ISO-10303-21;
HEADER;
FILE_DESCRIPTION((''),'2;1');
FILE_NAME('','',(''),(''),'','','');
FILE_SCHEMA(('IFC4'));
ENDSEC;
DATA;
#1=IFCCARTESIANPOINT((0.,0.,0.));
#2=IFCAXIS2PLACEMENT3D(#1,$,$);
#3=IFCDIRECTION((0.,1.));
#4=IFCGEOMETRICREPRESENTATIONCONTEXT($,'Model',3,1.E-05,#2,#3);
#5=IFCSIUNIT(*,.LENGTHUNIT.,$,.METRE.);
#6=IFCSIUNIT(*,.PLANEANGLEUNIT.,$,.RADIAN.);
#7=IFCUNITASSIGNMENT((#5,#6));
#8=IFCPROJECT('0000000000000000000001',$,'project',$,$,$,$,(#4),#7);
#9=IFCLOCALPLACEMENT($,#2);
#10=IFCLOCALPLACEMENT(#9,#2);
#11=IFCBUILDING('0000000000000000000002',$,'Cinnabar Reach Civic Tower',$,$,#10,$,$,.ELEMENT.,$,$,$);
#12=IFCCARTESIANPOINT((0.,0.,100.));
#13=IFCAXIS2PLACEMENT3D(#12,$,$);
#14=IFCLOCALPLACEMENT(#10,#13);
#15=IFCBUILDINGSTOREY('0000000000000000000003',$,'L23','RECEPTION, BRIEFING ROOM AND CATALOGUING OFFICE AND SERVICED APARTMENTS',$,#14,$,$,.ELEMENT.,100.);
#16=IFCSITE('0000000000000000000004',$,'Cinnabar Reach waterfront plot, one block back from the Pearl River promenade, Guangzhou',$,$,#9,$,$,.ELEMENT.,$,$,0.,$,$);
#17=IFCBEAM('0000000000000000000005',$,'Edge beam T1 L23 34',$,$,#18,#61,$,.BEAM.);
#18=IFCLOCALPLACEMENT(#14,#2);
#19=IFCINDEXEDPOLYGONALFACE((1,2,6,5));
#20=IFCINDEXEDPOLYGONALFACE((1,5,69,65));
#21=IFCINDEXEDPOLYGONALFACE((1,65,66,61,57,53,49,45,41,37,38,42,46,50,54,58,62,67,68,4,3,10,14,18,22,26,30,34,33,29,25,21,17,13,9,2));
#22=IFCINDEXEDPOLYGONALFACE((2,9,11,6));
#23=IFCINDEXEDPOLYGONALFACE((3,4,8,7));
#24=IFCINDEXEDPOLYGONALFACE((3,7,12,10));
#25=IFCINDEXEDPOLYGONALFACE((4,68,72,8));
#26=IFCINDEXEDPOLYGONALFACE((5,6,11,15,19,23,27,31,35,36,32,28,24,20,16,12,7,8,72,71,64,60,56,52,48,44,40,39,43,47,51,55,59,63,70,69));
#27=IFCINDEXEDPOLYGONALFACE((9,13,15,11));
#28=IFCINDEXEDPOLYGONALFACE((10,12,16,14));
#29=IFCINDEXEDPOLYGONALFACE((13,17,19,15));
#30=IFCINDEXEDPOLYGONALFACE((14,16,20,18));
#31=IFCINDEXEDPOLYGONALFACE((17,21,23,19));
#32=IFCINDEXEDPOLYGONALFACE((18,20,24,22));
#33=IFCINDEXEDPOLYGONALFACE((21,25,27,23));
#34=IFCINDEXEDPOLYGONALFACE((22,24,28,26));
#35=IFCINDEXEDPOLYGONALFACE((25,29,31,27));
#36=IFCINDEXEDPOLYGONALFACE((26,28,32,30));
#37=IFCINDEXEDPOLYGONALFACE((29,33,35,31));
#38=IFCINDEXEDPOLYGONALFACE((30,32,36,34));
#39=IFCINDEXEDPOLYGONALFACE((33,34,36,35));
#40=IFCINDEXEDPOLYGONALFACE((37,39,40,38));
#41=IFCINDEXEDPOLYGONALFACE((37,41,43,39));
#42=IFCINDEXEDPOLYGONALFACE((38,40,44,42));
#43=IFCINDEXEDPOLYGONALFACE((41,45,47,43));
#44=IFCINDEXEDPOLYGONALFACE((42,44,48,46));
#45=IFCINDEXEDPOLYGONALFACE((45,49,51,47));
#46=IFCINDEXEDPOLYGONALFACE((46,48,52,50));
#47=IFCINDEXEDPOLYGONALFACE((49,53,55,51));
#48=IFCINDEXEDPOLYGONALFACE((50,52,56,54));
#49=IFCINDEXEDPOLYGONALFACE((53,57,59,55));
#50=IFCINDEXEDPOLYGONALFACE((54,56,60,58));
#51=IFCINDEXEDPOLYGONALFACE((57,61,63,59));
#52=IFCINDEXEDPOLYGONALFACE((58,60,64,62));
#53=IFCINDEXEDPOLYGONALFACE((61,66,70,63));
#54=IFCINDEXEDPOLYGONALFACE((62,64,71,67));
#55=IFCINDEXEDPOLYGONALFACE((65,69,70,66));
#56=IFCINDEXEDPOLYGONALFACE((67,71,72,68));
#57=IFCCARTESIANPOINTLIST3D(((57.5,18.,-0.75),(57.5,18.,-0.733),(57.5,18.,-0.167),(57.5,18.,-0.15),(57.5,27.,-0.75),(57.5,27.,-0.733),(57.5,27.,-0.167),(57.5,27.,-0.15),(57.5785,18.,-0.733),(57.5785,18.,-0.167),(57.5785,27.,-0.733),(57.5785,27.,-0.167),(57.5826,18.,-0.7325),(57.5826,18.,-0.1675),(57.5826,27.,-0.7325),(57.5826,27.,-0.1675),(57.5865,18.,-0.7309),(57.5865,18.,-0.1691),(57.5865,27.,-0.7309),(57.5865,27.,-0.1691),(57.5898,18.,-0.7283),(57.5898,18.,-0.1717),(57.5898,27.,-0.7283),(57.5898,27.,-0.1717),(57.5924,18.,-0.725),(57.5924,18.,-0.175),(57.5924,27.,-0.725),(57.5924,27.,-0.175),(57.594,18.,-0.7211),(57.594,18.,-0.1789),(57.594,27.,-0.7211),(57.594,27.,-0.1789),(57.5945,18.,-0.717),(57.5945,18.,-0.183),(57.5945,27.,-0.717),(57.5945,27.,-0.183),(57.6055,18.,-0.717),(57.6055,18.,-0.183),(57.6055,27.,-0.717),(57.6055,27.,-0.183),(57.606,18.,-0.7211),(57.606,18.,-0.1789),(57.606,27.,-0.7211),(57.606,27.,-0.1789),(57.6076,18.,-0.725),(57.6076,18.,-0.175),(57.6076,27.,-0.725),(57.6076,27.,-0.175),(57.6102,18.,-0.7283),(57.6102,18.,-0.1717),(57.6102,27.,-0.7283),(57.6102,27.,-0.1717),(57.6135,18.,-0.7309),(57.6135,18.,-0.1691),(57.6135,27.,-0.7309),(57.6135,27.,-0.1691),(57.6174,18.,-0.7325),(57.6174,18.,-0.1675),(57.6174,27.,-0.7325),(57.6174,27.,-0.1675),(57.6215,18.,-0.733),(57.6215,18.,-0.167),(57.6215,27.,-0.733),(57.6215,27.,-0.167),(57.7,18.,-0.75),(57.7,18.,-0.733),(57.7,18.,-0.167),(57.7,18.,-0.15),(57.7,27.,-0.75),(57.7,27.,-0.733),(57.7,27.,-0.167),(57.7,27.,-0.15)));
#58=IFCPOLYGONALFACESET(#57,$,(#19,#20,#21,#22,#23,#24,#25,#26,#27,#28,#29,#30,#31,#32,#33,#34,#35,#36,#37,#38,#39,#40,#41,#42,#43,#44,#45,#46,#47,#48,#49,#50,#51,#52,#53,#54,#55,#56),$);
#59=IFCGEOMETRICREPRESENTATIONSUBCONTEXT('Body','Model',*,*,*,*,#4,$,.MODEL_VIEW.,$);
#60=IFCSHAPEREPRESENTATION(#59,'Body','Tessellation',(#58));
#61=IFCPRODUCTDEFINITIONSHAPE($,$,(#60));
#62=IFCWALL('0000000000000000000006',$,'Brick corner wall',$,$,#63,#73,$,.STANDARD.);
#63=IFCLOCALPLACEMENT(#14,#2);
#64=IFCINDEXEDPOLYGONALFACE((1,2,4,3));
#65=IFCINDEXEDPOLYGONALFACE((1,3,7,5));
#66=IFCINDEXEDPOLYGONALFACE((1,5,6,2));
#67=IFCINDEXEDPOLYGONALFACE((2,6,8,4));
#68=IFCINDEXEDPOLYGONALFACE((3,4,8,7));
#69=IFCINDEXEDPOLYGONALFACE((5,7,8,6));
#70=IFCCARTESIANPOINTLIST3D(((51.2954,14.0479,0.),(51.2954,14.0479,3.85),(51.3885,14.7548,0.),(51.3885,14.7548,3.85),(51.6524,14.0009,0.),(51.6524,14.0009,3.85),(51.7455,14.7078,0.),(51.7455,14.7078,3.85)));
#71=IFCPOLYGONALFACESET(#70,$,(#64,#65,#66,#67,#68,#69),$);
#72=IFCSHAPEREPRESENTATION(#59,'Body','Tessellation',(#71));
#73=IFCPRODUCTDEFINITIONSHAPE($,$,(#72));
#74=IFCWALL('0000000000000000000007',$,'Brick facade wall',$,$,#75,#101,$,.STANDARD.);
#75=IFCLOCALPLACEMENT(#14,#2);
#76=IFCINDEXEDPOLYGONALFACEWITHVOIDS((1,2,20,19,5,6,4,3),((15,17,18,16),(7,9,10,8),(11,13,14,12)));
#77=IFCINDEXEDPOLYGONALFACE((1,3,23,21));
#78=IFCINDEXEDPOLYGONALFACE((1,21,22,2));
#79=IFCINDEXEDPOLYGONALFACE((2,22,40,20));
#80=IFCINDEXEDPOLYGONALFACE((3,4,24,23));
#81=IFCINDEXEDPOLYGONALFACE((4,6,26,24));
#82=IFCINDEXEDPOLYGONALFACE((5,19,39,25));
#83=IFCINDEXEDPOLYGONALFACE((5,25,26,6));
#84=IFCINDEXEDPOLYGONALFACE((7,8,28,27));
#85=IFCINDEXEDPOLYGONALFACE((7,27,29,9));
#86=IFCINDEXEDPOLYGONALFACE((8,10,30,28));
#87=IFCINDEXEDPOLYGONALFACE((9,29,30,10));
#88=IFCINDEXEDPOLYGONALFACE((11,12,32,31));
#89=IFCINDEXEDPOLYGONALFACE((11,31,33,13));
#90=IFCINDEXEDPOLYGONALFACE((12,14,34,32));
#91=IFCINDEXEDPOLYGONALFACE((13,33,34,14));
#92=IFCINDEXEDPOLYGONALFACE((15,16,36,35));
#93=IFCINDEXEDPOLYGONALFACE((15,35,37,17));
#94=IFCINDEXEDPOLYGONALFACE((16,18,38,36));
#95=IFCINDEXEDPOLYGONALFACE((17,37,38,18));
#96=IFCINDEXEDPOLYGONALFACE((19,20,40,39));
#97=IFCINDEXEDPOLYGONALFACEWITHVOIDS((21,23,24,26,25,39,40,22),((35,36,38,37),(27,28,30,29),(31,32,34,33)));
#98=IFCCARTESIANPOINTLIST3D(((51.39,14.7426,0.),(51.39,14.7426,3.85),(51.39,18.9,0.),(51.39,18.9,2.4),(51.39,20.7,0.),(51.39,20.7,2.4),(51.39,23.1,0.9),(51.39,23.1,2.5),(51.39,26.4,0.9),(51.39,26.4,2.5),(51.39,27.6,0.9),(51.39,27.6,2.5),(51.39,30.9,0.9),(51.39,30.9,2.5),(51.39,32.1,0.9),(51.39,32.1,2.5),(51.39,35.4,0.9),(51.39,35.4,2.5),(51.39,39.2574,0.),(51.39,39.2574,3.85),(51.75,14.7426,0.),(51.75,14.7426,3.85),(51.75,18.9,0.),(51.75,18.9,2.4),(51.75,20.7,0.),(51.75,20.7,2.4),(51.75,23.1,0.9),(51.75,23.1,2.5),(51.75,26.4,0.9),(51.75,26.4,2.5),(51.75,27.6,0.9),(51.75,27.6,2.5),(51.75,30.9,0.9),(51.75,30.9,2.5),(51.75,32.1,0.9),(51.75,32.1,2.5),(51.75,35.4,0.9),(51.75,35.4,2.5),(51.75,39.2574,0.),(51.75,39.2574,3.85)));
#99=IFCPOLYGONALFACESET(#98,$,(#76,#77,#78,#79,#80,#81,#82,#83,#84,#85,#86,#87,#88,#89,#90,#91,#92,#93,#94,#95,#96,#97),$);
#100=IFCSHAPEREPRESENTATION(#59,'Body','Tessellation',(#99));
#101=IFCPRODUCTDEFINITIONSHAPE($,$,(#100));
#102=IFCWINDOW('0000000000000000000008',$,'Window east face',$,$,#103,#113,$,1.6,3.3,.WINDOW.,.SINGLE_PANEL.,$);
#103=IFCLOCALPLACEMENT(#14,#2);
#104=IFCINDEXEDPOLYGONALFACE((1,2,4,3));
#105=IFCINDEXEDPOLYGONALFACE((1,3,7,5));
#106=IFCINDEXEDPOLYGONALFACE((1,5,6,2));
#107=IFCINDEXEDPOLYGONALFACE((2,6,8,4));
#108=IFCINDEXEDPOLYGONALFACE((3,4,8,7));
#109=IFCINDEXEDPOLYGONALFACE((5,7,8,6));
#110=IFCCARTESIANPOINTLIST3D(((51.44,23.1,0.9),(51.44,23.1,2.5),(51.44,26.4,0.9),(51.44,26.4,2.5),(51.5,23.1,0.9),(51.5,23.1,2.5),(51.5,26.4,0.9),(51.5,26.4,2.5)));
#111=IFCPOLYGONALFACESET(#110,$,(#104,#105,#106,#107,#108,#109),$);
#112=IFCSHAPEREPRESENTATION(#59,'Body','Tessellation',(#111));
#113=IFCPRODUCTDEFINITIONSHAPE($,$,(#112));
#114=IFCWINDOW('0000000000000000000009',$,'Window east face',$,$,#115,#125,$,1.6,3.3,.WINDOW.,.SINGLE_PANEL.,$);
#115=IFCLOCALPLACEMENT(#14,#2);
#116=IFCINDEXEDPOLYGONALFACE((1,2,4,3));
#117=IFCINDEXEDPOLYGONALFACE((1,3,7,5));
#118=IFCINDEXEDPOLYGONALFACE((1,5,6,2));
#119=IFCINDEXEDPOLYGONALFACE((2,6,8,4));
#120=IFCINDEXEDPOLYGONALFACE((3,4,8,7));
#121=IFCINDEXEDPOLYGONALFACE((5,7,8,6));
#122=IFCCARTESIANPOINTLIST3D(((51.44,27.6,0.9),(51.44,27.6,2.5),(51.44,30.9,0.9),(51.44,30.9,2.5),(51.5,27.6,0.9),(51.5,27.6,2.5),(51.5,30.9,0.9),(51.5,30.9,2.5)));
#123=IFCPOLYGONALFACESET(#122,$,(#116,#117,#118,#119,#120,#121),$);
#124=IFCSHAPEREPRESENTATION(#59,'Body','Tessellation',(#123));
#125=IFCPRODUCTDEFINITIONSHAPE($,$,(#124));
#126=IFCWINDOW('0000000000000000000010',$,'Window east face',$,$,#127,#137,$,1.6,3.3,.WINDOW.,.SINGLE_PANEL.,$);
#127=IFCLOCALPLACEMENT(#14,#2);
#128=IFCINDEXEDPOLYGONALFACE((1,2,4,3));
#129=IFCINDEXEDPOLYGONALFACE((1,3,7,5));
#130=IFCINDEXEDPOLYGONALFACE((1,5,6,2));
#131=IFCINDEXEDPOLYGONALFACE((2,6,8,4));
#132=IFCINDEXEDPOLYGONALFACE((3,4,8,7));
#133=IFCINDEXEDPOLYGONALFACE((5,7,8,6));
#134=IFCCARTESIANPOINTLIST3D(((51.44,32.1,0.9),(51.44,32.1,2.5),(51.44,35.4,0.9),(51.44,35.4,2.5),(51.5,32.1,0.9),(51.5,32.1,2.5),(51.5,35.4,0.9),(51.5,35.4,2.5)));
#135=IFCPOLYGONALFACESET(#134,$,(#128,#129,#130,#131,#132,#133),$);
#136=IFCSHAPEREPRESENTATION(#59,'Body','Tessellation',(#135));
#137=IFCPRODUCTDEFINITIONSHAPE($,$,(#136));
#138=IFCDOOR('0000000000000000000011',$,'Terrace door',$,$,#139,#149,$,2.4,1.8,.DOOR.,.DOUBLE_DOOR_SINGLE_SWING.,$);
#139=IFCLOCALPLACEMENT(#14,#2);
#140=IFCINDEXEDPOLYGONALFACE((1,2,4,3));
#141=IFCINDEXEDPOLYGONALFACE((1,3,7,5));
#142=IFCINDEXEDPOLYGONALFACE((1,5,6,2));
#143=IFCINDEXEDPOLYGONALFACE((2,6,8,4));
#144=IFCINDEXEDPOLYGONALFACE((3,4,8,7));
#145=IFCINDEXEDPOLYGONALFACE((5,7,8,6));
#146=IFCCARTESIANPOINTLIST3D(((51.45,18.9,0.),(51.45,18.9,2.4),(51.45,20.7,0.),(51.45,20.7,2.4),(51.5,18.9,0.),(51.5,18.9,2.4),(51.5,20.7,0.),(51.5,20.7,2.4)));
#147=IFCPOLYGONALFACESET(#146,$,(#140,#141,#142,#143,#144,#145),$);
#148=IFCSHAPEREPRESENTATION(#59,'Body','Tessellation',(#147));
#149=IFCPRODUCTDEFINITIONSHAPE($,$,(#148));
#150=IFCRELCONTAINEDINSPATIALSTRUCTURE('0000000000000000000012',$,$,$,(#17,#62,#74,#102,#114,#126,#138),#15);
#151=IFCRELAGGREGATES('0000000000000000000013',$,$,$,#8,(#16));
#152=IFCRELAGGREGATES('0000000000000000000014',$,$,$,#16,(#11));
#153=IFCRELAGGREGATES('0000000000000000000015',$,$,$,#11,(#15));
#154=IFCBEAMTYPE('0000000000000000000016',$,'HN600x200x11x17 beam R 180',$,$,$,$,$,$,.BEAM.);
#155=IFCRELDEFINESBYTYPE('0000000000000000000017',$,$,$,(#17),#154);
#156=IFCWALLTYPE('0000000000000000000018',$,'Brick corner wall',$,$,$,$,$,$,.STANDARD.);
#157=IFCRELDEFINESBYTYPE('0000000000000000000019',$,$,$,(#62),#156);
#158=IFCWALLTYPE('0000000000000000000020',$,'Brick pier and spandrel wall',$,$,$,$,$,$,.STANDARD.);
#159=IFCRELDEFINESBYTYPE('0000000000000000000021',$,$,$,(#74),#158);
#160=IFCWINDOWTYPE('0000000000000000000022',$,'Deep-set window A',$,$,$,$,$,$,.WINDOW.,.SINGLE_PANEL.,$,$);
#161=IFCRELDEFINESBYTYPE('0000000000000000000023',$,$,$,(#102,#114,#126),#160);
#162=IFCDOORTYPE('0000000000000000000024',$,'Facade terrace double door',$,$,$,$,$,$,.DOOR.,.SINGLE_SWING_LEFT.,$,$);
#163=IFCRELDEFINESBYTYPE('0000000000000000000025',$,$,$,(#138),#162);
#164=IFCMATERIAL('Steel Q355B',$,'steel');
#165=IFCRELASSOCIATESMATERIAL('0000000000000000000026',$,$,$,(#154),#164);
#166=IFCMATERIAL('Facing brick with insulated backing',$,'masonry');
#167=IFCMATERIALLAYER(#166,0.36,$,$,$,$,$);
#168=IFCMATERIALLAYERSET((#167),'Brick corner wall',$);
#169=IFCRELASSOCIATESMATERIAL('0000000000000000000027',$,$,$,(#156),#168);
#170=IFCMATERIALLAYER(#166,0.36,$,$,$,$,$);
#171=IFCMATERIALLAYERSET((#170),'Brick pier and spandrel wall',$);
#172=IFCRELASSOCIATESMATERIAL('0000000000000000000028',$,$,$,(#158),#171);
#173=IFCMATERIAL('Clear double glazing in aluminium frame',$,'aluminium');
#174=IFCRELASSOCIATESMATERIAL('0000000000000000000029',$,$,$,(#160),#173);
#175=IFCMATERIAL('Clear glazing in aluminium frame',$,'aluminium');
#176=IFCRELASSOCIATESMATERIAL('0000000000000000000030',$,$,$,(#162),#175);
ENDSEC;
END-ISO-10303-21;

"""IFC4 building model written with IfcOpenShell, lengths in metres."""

from ifc_helpers import new_model, si_unit, direction, frame, frame_2d, origin, origin_2d, place, context, subcontext, project, spatial, rectangle, i_section, extrude, material, layer, layer_set, material_profile, profile_set, type_object, element, fill, save


model = new_model("IFC4")

# Units and contexts
model_context = context("Model", 3, precision=1e-05, world=origin(), true_north=direction((0.0, 1.0)))
body_context = subcontext(model_context, "Body", "Model", "MODEL_VIEW")
ifc_project = project(units=[si_unit("LENGTHUNIT", "METRE"), si_unit("PLANEANGLEUNIT", "RADIAN")], contexts=[model_context])

# Site, building, storey
site_placement = place(None, origin())
site = spatial("IfcSite", under=ifc_project, at=site_placement, Name="Cinnabar Reach waterfront plot, one block back from the Pearl River promenade, Guangzhou", CompositionType="ELEMENT", RefElevation=0.0)
building_placement = place(site_placement, origin())
building = spatial("IfcBuilding", under=site, at=building_placement, Name="Cinnabar Reach Civic Tower", CompositionType="ELEMENT")
storey_placement = place(building_placement, frame((0.0, 0.0, 100.0)))
storey = spatial("IfcBuildingStorey", under=building, at=storey_placement, Name="L23", Description="RECEPTION, BRIEFING ROOM AND CATALOGUING OFFICE AND SERVICED APARTMENTS", CompositionType="ELEMENT", Elevation=100.0)

# Beam
ifc_material_1 = material(Name="Steel Q355B", Category="steel")
ifc_material_profile_1 = material_profile(ifc_material_1, i_section(OverallWidth=0.2, OverallDepth=0.6, WebThickness=0.011, FlangeThickness=0.017, FilletRadius=0.016, at=origin_2d()), Name="HN600x200x11x17")
ifc_profile_set_1 = profile_set([ifc_material_profile_1], Name="Steel Q355B")
beam_type_1 = type_object("IfcBeamType", Name="HN600x200x11x17 beam R 180", PredefinedType="BEAM", material=ifc_profile_set_1)
beam_1_placement = place(storey_placement, frame((57.6, 18.0, -0.45), z_axis=(0.0, 1.0, 0.0), x_axis=(-1.0, 0.0, 0.0)))
element("IfcBeam", 1, at=beam_1_placement, inside=storey, type_object=beam_type_1, Name="Edge beam T1 L23 34", PredefinedType="BEAM", context=body_context, shape_type="SweptSolid", body=[
    extrude(i_section(OverallWidth=0.2, OverallDepth=0.6, WebThickness=0.011, FlangeThickness=0.017, FilletRadius=0.016, at=origin_2d()), origin(), (0.0, 0.0, 1.0), 9.0),
])

# Wall
ifc_material_2 = material(Name="Facing brick with insulated backing", Category="masonry")
ifc_layer_1 = layer(ifc_material_2, 0.36)
ifc_layer_set_1 = layer_set([ifc_layer_1], Name="Brick corner wall")
wall_type_1 = type_object("IfcWallType", Name="Brick corner wall", PredefinedType="STANDARD", material=ifc_layer_set_1)
wall_1_placement = place(storey_placement, frame((51.4739, 14.0244, 0.0), z_axis=(0.0, 0.0, 1.0), x_axis=(0.130556, 0.991441, 0.0)))
element("IfcWall", 2, at=wall_1_placement, inside=storey, type_object=wall_type_1, Name="Brick corner wall", PredefinedType="STANDARD", context=body_context, shape_type="SweptSolid", body=[
    extrude(rectangle(XDim=0.7131, YDim=0.36, at=frame_2d((0.3565, 0.0))), origin(), (0.0, 0.0, 1.0), 3.85),
])

# Wall, openings, windows, door
ifc_layer_2 = layer(ifc_material_2, 0.36)
ifc_layer_set_2 = layer_set([ifc_layer_2], Name="Brick pier and spandrel wall")
wall_type_2 = type_object("IfcWallType", Name="Brick pier and spandrel wall", PredefinedType="STANDARD", material=ifc_layer_set_2)
wall_2_placement = place(storey_placement, frame((51.57, 14.7426, 0.0), z_axis=(0.0, 0.0, 1.0), x_axis=(0.0, 1.0, 0.0)))
wall_2 = element("IfcWall", 3, at=wall_2_placement, inside=storey, type_object=wall_type_2, Name="Brick facade wall", PredefinedType="STANDARD", context=body_context, shape_type="SweptSolid", body=[
    extrude(rectangle(XDim=24.5148, YDim=0.36, at=frame_2d((12.2574, 0.0))), origin(), (0.0, 0.0, 1.0), 3.85),
])
opening_1_placement = place(wall_2_placement, frame((4.1574, 0.0, 0.0)))
opening_1 = element("IfcOpeningElement", 4, at=opening_1_placement, cuts=wall_2, PredefinedType="OPENING", context=body_context, shape_type="SweptSolid", body=[
    extrude(rectangle(XDim=1.8, YDim=2.4, at=frame_2d((0.9, 1.2))), frame((0.0, 0.19, 0.0), z_axis=(0.0, -1.0, 0.0), x_axis=(1.0, 0.0, 0.0)), (0.0, 0.0, 1.0), 0.38),
])
opening_2_placement = place(wall_2_placement, frame((8.3574, 0.0, 0.9)))
opening_2 = element("IfcOpeningElement", 5, at=opening_2_placement, cuts=wall_2, PredefinedType="OPENING", context=body_context, shape_type="SweptSolid", body=[
    extrude(rectangle(XDim=3.3, YDim=1.6, at=frame_2d((1.65, 0.8))), frame((0.0, 0.19, 0.0), z_axis=(0.0, -1.0, 0.0), x_axis=(1.0, 0.0, 0.0)), (0.0, 0.0, 1.0), 0.38),
])
opening_3_placement = place(wall_2_placement, frame((12.8574, 0.0, 0.9)))
opening_3 = element("IfcOpeningElement", 6, at=opening_3_placement, cuts=wall_2, PredefinedType="OPENING", context=body_context, shape_type="SweptSolid", body=[
    extrude(rectangle(XDim=3.3, YDim=1.6, at=frame_2d((1.65, 0.8))), frame((0.0, 0.19, 0.0), z_axis=(0.0, -1.0, 0.0), x_axis=(1.0, 0.0, 0.0)), (0.0, 0.0, 1.0), 0.38),
])
opening_4_placement = place(wall_2_placement, frame((17.3574, 0.0, 0.9)))
opening_4 = element("IfcOpeningElement", 7, at=opening_4_placement, cuts=wall_2, PredefinedType="OPENING", context=body_context, shape_type="SweptSolid", body=[
    extrude(rectangle(XDim=3.3, YDim=1.6, at=frame_2d((1.65, 0.8))), frame((0.0, 0.19, 0.0), z_axis=(0.0, -1.0, 0.0), x_axis=(1.0, 0.0, 0.0)), (0.0, 0.0, 1.0), 0.38),
])
ifc_material_3 = material(Name="Clear double glazing in aluminium frame", Category="aluminium")
window_type = type_object("IfcWindowType", Name="Deep-set window A", PartitioningType="SINGLE_PANEL", PredefinedType="WINDOW", material=ifc_material_3)
window_1_placement = place(opening_2_placement, origin())
window_1 = element("IfcWindow", 8, at=window_1_placement, inside=storey, type_object=window_type, Name="Window east face", OverallHeight=1.6, OverallWidth=3.3, PartitioningType="SINGLE_PANEL", PredefinedType="WINDOW", context=body_context, shape_type="SweptSolid", body=[
    extrude(rectangle(XDim=3.3, YDim=1.6, at=frame_2d((1.65, 0.8))), frame((0.0, 0.13, 0.0), z_axis=(0.0, -1.0, 0.0), x_axis=(1.0, 0.0, 0.0)), (0.0, 0.0, 1.0), 0.06),
])
fill(opening_2, window_1)
window_2_placement = place(opening_3_placement, origin())
window_2 = element("IfcWindow", 9, at=window_2_placement, inside=storey, type_object=window_type, Name="Window east face", OverallHeight=1.6, OverallWidth=3.3, PartitioningType="SINGLE_PANEL", PredefinedType="WINDOW", context=body_context, shape_type="SweptSolid", body=[
    extrude(rectangle(XDim=3.3, YDim=1.6, at=frame_2d((1.65, 0.8))), frame((0.0, 0.13, 0.0), z_axis=(0.0, -1.0, 0.0), x_axis=(1.0, 0.0, 0.0)), (0.0, 0.0, 1.0), 0.06),
])
fill(opening_3, window_2)
window_3_placement = place(opening_4_placement, origin())
window_3 = element("IfcWindow", 10, at=window_3_placement, inside=storey, type_object=window_type, Name="Window east face", OverallHeight=1.6, OverallWidth=3.3, PartitioningType="SINGLE_PANEL", PredefinedType="WINDOW", context=body_context, shape_type="SweptSolid", body=[
    extrude(rectangle(XDim=3.3, YDim=1.6, at=frame_2d((1.65, 0.8))), frame((0.0, 0.13, 0.0), z_axis=(0.0, -1.0, 0.0), x_axis=(1.0, 0.0, 0.0)), (0.0, 0.0, 1.0), 0.06),
])
fill(opening_4, window_3)
ifc_material_4 = material(Name="Clear glazing in aluminium frame", Category="aluminium")
door_type_1 = type_object("IfcDoorType", Name="Facade terrace double door", OperationType="SINGLE_SWING_LEFT", PredefinedType="DOOR", material=ifc_material_4)
door_1_placement = place(opening_1_placement, frame((1.8, 0.0, 0.0), z_axis=(0.0, 0.0, 1.0), x_axis=(-1.0, 0.0, 0.0)))
door_1 = element("IfcDoor", 11, at=door_1_placement, inside=storey, type_object=door_type_1, Name="Terrace door", OperationType="DOUBLE_DOOR_SINGLE_SWING", OverallHeight=2.4, OverallWidth=1.8, PredefinedType="DOOR", context=body_context, shape_type="SweptSolid", body=[
    extrude(rectangle(XDim=1.8, YDim=2.4, at=frame_2d((0.9, 1.2))), frame((0.0, -0.07, 0.0), z_axis=(0.0, -1.0, 0.0), x_axis=(1.0, 0.0, 0.0)), (0.0, 0.0, 1.0), 0.05),
])
fill(opening_1, door_1)

save(model, "model.ifc")
